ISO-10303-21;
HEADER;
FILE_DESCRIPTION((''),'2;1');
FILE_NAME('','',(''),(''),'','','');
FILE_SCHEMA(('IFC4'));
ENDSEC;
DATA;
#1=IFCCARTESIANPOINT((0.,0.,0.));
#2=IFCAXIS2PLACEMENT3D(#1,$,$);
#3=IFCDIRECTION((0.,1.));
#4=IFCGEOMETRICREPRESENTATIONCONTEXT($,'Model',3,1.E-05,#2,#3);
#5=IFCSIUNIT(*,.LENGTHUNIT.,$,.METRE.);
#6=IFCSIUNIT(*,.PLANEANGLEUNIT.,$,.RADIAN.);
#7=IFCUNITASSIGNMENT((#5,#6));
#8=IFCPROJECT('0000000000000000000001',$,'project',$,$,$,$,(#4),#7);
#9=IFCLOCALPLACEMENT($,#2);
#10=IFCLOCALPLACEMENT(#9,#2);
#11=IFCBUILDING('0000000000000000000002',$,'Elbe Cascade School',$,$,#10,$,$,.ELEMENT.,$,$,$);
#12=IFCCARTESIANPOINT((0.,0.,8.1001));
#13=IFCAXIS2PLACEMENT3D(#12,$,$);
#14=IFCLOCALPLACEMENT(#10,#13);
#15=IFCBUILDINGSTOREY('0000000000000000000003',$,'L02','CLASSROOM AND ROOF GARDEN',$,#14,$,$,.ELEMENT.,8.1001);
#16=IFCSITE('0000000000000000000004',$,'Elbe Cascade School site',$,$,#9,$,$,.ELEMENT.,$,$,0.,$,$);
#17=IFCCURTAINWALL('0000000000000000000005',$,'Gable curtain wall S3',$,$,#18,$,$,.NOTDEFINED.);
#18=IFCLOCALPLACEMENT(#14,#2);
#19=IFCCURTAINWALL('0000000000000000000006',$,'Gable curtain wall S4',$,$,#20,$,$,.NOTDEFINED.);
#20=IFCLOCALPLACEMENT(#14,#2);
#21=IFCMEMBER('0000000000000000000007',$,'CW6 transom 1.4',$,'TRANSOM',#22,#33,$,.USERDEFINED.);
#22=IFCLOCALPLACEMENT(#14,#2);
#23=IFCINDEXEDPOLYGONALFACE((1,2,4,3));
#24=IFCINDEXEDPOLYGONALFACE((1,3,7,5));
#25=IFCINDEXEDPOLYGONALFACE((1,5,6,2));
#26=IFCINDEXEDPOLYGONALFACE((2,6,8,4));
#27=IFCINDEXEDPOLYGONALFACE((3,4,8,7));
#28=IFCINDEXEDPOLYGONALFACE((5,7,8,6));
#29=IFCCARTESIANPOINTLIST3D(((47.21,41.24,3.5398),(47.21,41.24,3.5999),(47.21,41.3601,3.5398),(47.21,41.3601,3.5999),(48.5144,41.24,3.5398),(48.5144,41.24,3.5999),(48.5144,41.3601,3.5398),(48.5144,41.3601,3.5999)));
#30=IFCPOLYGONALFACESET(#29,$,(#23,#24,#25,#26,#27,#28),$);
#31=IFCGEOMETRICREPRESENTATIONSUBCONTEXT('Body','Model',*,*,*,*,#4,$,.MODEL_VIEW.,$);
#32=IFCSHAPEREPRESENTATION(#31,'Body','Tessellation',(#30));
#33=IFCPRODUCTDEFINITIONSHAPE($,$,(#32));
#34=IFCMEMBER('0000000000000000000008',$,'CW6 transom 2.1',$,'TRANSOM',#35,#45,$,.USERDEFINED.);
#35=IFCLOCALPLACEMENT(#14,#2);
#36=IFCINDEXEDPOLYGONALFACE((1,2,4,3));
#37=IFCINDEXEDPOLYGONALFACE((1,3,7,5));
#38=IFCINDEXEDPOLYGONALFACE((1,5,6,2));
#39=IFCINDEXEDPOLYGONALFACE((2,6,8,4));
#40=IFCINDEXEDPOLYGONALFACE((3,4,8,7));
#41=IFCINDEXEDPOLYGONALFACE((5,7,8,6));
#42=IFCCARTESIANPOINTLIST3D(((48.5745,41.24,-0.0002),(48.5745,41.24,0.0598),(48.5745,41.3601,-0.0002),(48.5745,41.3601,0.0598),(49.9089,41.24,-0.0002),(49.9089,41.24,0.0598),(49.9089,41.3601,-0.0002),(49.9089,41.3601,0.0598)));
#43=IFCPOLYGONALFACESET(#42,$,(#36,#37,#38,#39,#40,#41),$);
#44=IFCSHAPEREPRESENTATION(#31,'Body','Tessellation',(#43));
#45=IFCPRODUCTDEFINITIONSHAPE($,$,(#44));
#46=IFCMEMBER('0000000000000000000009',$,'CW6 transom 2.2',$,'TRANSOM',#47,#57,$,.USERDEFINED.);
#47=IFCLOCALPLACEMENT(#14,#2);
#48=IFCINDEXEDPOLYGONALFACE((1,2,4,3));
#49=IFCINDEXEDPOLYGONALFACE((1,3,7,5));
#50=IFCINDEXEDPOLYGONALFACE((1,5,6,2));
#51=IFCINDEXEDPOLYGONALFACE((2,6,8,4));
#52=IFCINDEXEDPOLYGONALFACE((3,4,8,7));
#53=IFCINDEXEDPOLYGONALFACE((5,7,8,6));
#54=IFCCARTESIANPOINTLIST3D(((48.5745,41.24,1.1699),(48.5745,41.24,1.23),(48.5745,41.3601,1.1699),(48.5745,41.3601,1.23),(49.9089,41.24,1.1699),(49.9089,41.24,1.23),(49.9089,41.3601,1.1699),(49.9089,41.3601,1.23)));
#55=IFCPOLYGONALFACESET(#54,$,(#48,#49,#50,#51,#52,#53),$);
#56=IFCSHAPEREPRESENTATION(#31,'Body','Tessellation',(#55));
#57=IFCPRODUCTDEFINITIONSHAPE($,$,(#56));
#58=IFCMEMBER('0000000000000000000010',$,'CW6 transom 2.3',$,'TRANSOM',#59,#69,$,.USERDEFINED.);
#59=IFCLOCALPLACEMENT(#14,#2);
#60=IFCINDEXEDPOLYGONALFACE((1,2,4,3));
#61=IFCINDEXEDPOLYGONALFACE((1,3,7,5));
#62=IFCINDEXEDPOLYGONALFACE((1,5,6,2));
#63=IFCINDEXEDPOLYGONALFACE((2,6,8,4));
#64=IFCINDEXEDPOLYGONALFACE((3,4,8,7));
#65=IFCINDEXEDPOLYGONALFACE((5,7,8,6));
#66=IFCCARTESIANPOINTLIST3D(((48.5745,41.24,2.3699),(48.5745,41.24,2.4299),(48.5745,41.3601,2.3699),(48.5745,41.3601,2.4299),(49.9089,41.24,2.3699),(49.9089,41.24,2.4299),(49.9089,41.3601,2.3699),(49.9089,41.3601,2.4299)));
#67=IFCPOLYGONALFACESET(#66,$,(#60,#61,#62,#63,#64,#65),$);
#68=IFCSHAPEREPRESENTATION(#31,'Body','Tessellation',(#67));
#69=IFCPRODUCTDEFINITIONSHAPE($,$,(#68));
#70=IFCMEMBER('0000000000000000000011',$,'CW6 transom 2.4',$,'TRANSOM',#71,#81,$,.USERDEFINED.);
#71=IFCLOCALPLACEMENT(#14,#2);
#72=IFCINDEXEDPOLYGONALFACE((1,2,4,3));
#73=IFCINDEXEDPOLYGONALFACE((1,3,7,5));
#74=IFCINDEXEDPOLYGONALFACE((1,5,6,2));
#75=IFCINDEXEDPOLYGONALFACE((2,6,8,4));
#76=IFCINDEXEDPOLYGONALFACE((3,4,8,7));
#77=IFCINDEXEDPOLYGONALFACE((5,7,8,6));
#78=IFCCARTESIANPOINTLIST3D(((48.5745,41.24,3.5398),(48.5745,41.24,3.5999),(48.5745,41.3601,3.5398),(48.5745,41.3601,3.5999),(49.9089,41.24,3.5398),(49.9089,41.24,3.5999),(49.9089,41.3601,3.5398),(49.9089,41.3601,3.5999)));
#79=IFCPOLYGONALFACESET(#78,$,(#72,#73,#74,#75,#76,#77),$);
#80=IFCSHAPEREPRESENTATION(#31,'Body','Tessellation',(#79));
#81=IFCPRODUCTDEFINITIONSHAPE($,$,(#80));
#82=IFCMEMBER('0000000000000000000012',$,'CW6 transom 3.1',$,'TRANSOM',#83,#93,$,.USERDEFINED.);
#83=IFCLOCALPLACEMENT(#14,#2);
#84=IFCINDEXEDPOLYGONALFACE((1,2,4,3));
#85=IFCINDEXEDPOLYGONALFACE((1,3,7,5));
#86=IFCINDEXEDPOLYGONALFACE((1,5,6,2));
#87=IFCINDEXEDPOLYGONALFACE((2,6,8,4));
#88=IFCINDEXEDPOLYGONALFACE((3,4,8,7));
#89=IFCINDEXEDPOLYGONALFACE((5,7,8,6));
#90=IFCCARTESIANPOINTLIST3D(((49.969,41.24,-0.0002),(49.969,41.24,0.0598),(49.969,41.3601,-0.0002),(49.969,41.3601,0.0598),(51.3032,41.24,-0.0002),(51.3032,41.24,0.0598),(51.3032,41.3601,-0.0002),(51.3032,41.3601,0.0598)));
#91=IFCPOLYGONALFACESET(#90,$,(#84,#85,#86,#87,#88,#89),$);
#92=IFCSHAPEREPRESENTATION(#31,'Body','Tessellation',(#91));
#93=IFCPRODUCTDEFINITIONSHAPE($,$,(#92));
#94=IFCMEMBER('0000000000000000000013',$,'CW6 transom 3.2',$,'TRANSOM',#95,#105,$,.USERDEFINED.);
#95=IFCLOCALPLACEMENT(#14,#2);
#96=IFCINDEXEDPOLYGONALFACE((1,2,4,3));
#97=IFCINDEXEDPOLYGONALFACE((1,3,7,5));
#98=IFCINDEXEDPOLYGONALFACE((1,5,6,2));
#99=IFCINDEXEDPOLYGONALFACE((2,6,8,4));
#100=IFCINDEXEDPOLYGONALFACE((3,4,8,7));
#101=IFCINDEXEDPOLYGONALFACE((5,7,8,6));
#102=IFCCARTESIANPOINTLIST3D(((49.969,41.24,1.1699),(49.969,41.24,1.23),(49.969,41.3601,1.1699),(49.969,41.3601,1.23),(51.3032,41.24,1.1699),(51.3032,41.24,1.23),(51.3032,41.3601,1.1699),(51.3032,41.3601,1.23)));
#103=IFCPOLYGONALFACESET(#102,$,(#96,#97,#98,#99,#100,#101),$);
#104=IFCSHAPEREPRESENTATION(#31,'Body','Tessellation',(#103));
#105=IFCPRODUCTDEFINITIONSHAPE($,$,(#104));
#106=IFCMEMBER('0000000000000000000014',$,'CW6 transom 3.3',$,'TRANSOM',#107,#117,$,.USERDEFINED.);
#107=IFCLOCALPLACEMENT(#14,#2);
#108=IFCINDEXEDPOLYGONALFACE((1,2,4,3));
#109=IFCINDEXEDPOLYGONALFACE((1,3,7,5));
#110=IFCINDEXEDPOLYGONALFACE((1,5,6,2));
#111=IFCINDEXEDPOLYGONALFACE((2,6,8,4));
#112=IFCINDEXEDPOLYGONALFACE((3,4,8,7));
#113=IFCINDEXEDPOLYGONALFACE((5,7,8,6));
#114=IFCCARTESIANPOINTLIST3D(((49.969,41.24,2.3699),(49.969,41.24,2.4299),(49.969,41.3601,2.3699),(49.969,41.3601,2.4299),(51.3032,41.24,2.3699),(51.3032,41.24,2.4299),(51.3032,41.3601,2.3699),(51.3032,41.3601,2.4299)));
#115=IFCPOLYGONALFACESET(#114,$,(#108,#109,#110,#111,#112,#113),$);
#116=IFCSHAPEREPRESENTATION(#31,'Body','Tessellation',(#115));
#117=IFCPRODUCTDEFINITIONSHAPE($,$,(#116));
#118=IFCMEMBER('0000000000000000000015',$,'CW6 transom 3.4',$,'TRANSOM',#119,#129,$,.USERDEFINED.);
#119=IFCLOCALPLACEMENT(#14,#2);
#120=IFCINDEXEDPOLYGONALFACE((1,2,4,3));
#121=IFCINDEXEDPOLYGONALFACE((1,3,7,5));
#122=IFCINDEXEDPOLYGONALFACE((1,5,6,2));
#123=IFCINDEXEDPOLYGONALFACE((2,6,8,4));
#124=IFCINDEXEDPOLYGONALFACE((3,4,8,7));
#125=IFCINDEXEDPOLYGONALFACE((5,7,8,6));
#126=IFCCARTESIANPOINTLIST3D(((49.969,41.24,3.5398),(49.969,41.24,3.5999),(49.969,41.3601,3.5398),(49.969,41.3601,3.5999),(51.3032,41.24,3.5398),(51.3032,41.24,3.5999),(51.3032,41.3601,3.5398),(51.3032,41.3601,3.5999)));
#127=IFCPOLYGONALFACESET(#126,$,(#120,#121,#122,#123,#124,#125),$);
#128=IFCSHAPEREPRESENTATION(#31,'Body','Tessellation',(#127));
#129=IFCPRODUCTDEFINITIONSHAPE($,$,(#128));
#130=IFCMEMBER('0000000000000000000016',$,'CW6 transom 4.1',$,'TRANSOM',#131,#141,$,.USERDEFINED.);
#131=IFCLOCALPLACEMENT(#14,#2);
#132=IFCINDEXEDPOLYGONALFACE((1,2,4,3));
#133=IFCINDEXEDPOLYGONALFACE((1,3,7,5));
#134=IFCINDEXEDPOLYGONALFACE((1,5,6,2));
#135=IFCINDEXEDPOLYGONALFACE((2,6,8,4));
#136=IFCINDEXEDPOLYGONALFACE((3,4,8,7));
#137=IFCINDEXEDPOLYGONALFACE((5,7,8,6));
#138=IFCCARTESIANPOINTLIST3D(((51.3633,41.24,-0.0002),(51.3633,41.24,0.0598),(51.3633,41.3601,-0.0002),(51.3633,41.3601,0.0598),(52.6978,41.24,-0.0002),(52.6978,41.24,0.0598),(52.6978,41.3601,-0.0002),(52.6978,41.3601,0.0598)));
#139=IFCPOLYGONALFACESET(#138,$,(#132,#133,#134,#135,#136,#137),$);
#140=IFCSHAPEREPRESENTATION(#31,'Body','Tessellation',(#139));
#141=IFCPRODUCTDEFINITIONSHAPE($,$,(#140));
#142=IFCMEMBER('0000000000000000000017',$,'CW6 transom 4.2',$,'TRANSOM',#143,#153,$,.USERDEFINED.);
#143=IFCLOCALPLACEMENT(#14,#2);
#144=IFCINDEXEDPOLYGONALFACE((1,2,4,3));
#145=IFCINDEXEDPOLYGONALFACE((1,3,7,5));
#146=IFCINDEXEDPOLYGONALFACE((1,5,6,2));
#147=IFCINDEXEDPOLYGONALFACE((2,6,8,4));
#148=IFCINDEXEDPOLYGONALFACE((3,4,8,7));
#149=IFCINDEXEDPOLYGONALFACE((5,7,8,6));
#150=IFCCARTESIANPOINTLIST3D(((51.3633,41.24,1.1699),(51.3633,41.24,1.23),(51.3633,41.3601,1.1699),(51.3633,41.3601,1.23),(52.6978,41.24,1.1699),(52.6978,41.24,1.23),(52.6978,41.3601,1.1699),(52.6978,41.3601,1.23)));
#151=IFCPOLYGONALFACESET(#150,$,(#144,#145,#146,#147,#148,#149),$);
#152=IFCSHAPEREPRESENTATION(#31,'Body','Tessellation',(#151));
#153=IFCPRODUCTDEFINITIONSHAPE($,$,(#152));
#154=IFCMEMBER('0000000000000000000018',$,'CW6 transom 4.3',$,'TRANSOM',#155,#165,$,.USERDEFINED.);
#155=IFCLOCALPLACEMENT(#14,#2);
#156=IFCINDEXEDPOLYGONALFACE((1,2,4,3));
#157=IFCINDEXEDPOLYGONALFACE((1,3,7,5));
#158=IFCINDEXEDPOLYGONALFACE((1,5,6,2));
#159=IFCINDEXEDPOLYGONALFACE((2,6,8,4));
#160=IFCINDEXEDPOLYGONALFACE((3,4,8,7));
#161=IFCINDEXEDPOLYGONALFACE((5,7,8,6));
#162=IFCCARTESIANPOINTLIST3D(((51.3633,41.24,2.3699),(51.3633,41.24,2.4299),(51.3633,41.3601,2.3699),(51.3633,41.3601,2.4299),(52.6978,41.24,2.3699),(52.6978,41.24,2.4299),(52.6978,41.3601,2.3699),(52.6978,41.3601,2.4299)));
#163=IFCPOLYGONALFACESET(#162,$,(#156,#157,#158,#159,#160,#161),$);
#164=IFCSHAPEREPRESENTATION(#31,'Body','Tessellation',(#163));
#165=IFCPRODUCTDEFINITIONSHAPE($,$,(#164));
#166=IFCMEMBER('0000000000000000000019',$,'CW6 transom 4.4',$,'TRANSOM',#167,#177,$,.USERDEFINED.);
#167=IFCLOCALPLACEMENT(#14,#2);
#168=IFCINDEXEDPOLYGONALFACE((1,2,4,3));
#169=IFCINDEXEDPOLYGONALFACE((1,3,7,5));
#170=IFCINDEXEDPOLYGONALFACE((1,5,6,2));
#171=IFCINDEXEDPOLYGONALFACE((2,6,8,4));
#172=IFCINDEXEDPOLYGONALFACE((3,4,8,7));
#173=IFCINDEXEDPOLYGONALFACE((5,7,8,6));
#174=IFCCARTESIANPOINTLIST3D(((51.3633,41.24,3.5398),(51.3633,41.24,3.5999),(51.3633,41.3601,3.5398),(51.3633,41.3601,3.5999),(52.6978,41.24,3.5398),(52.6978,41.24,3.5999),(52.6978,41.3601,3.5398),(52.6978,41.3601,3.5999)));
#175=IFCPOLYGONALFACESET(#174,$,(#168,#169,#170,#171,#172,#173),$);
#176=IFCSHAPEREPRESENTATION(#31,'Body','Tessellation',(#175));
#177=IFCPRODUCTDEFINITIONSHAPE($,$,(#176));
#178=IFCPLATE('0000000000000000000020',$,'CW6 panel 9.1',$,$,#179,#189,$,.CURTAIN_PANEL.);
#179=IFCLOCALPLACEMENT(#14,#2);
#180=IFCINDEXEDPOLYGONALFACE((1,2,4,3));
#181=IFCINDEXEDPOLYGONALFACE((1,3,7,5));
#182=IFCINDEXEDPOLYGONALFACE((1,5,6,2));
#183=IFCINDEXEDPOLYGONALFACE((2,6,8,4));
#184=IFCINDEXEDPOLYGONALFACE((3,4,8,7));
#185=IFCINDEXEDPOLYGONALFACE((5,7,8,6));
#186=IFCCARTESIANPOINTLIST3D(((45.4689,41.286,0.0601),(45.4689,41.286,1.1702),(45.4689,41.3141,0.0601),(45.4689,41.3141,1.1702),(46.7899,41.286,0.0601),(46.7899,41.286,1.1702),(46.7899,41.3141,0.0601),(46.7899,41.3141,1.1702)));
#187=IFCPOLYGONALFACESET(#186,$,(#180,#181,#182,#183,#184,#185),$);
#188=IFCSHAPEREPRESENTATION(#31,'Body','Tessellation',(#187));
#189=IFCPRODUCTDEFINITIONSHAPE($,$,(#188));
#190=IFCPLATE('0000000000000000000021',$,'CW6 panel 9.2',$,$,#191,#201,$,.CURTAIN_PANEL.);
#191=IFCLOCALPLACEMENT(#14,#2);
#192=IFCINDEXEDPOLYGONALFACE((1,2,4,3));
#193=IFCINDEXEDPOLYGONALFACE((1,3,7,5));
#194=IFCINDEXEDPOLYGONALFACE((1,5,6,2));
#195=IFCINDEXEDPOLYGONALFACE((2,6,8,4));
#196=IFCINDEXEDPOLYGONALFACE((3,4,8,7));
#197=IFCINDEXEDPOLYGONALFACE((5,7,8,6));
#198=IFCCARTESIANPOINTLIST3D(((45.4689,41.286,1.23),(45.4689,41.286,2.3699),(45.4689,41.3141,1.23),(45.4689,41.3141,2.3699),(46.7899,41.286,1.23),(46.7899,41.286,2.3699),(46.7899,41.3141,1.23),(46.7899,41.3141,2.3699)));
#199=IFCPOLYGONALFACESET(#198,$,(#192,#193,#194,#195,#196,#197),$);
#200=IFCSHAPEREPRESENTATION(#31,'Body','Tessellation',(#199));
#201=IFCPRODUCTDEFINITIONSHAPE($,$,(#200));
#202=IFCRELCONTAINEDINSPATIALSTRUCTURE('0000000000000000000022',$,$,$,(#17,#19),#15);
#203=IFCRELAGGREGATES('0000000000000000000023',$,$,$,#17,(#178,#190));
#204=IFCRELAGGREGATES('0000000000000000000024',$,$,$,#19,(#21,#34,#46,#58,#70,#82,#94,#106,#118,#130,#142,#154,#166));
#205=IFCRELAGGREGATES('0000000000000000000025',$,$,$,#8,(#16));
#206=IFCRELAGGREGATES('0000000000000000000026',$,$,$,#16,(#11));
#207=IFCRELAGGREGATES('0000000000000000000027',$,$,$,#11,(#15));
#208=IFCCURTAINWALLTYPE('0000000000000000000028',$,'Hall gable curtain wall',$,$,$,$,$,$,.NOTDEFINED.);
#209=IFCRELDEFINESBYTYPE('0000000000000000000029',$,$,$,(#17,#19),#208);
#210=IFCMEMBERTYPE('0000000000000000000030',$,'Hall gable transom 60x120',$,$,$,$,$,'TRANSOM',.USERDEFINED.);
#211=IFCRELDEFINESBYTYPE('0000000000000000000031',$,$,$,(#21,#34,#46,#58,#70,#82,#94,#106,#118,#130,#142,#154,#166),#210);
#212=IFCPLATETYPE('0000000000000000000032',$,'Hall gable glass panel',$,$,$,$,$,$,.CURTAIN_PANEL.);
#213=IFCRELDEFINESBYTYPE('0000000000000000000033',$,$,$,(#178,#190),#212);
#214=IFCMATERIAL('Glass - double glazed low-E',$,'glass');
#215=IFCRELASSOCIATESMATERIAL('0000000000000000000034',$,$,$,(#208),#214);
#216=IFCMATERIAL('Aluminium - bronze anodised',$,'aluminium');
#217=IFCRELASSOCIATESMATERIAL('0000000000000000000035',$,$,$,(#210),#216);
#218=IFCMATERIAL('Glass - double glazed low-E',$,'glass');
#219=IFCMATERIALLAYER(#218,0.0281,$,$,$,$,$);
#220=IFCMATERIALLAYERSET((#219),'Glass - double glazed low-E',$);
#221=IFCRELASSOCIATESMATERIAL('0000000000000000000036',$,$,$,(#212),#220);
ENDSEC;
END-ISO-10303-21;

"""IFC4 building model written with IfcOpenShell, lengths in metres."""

from ifc_helpers import new_model, si_unit, direction, frame, origin, origin_2d, place, context, subcontext, project, spatial, rectangle, extrude, material, layer, layer_set, material_profile, profile_set, type_object, element, aggregate, save


model = new_model("IFC4")

# Units and contexts
model_context = context("Model", 3, precision=1e-05, world=origin(), true_north=direction((0.0, 1.0)))
body_context = subcontext(model_context, "Body", "Model", "MODEL_VIEW")
ifc_project = project(units=[si_unit("LENGTHUNIT", "METRE"), si_unit("PLANEANGLEUNIT", "RADIAN")], contexts=[model_context])

# Site, building, storey
site_placement = place(None, origin())
site = spatial("IfcSite", under=ifc_project, at=site_placement, Name="Elbe Cascade School site", CompositionType="ELEMENT", RefElevation=0.0)
building_placement = place(site_placement, origin())
building = spatial("IfcBuilding", under=site, at=building_placement, Name="Elbe Cascade School", CompositionType="ELEMENT")
storey_placement = place(building_placement, frame((0.0, 0.0, 8.1001)))
storey = spatial("IfcBuildingStorey", under=building, at=storey_placement, Name="L02", Description="CLASSROOM AND ROOF GARDEN", CompositionType="ELEMENT", Elevation=8.1001)

# Curtain wall
ifc_material_1 = material(Name="Glass - double glazed low-E", Category="glass")
curtain_wall_type = type_object("IfcCurtainWallType", Name="Hall gable curtain wall", PredefinedType="NOTDEFINED", material=ifc_material_1)
curtain_wall_1_placement = place(storey_placement, origin())
curtain_wall_1 = element("IfcCurtainWall", 1, at=curtain_wall_1_placement, inside=storey, type_object=curtain_wall_type, Name="Gable curtain wall S3", PredefinedType="NOTDEFINED")

# Curtain wall
curtain_wall_2_placement = place(storey_placement, origin())
curtain_wall_2 = element("IfcCurtainWall", 2, at=curtain_wall_2_placement, inside=storey, type_object=curtain_wall_type, Name="Gable curtain wall S4", PredefinedType="NOTDEFINED")

# Members
ifc_material_2 = material(Name="Aluminium - bronze anodised", Category="aluminium")
ifc_material_profile_1 = material_profile(ifc_material_2, rectangle(XDim=0.1201, YDim=0.0601, at=origin_2d()), Name="Alu 60x120")
ifc_profile_set_1 = profile_set([ifc_material_profile_1], Name="Aluminium - bronze anodised")
member_type_1 = type_object("IfcMemberType", Name="Hall gable transom 60x120", ElementType="TRANSOM", PredefinedType="USERDEFINED", material=ifc_profile_set_1)
member_1_placement = place(storey_placement, frame((47.21, 41.3, 3.5698), z_axis=(1.0, 0.0, 0.0), x_axis=(0.0, 1.0, 0.0)))
member_1 = element("IfcMember", 3, at=member_1_placement, type_object=member_type_1, Name="CW6 transom 1.4", ObjectType="TRANSOM", PredefinedType="USERDEFINED", context=body_context, shape_type="SweptSolid", body=[
    extrude(rectangle(XDim=0.1201, YDim=0.0601, at=origin_2d()), origin(), (0.0, 0.0, 1.0), 1.3044),
])
member_2_placement = place(storey_placement, frame((48.5745, 41.3, 0.0298), z_axis=(1.0, 0.0, 0.0), x_axis=(0.0, 1.0, 0.0)))
member_2 = element("IfcMember", 4, at=member_2_placement, type_object=member_type_1, Name="CW6 transom 2.1", ObjectType="TRANSOM", PredefinedType="USERDEFINED", context=body_context, shape_type="SweptSolid", body=[
    extrude(rectangle(XDim=0.1201, YDim=0.0601, at=origin_2d()), origin(), (0.0, 0.0, 1.0), 1.3345),
])
member_3_placement = place(storey_placement, frame((48.5745, 41.3, 1.2), z_axis=(1.0, 0.0, 0.0), x_axis=(0.0, 1.0, 0.0)))
member_3 = element("IfcMember", 5, at=member_3_placement, type_object=member_type_1, Name="CW6 transom 2.2", ObjectType="TRANSOM", PredefinedType="USERDEFINED", context=body_context, shape_type="SweptSolid", body=[
    extrude(rectangle(XDim=0.1201, YDim=0.0601, at=origin_2d()), origin(), (0.0, 0.0, 1.0), 1.3345),
])
member_4_placement = place(storey_placement, frame((48.5745, 41.3, 2.3999), z_axis=(1.0, 0.0, 0.0), x_axis=(0.0, 1.0, 0.0)))
member_4 = element("IfcMember", 6, at=member_4_placement, type_object=member_type_1, Name="CW6 transom 2.3", ObjectType="TRANSOM", PredefinedType="USERDEFINED", context=body_context, shape_type="SweptSolid", body=[
    extrude(rectangle(XDim=0.1201, YDim=0.0601, at=origin_2d()), origin(), (0.0, 0.0, 1.0), 1.3345),
])
member_5_placement = place(storey_placement, frame((48.5745, 41.3, 3.5698), z_axis=(1.0, 0.0, 0.0), x_axis=(0.0, 1.0, 0.0)))
member_5 = element("IfcMember", 7, at=member_5_placement, type_object=member_type_1, Name="CW6 transom 2.4", ObjectType="TRANSOM", PredefinedType="USERDEFINED", context=body_context, shape_type="SweptSolid", body=[
    extrude(rectangle(XDim=0.1201, YDim=0.0601, at=origin_2d()), origin(), (0.0, 0.0, 1.0), 1.3345),
])
member_6_placement = place(storey_placement, frame((49.969, 41.3, 0.0298), z_axis=(1.0, 0.0, 0.0), x_axis=(0.0, 1.0, 0.0)))
member_6 = element("IfcMember", 8, at=member_6_placement, type_object=member_type_1, Name="CW6 transom 3.1", ObjectType="TRANSOM", PredefinedType="USERDEFINED", context=body_context, shape_type="SweptSolid", body=[
    extrude(rectangle(XDim=0.1201, YDim=0.0601, at=origin_2d()), origin(), (0.0, 0.0, 1.0), 1.3342),
])
member_7_placement = place(storey_placement, frame((49.969, 41.3, 1.2), z_axis=(1.0, 0.0, 0.0), x_axis=(0.0, 1.0, 0.0)))
member_7 = element("IfcMember", 9, at=member_7_placement, type_object=member_type_1, Name="CW6 transom 3.2", ObjectType="TRANSOM", PredefinedType="USERDEFINED", context=body_context, shape_type="SweptSolid", body=[
    extrude(rectangle(XDim=0.1201, YDim=0.0601, at=origin_2d()), origin(), (0.0, 0.0, 1.0), 1.3342),
])
member_8_placement = place(storey_placement, frame((49.969, 41.3, 2.3999), z_axis=(1.0, 0.0, 0.0), x_axis=(0.0, 1.0, 0.0)))
member_8 = element("IfcMember", 10, at=member_8_placement, type_object=member_type_1, Name="CW6 transom 3.3", ObjectType="TRANSOM", PredefinedType="USERDEFINED", context=body_context, shape_type="SweptSolid", body=[
    extrude(rectangle(XDim=0.1201, YDim=0.0601, at=origin_2d()), origin(), (0.0, 0.0, 1.0), 1.3342),
])
member_9_placement = place(storey_placement, frame((49.969, 41.3, 3.5698), z_axis=(1.0, 0.0, 0.0), x_axis=(0.0, 1.0, 0.0)))
member_9 = element("IfcMember", 11, at=member_9_placement, type_object=member_type_1, Name="CW6 transom 3.4", ObjectType="TRANSOM", PredefinedType="USERDEFINED", context=body_context, shape_type="SweptSolid", body=[
    extrude(rectangle(XDim=0.1201, YDim=0.0601, at=origin_2d()), origin(), (0.0, 0.0, 1.0), 1.3342),
])
member_10_placement = place(storey_placement, frame((51.3633, 41.3, 0.0298), z_axis=(1.0, 0.0, 0.0), x_axis=(0.0, 1.0, 0.0)))
member_10 = element("IfcMember", 12, at=member_10_placement, type_object=member_type_1, Name="CW6 transom 4.1", ObjectType="TRANSOM", PredefinedType="USERDEFINED", context=body_context, shape_type="SweptSolid", body=[
    extrude(rectangle(XDim=0.1201, YDim=0.0601, at=origin_2d()), origin(), (0.0, 0.0, 1.0), 1.3345),
])
member_11_placement = place(storey_placement, frame((51.3633, 41.3, 1.2), z_axis=(1.0, 0.0, 0.0), x_axis=(0.0, 1.0, 0.0)))
member_11 = element("IfcMember", 13, at=member_11_placement, type_object=member_type_1, Name="CW6 transom 4.2", ObjectType="TRANSOM", PredefinedType="USERDEFINED", context=body_context, shape_type="SweptSolid", body=[
    extrude(rectangle(XDim=0.1201, YDim=0.0601, at=origin_2d()), origin(), (0.0, 0.0, 1.0), 1.3345),
])
member_12_placement = place(storey_placement, frame((51.3633, 41.3, 2.3999), z_axis=(1.0, 0.0, 0.0), x_axis=(0.0, 1.0, 0.0)))
member_12 = element("IfcMember", 14, at=member_12_placement, type_object=member_type_1, Name="CW6 transom 4.3", ObjectType="TRANSOM", PredefinedType="USERDEFINED", context=body_context, shape_type="SweptSolid", body=[
    extrude(rectangle(XDim=0.1201, YDim=0.0601, at=origin_2d()), origin(), (0.0, 0.0, 1.0), 1.3345),
])
member_13_placement = place(storey_placement, frame((51.3633, 41.3, 3.5698), z_axis=(1.0, 0.0, 0.0), x_axis=(0.0, 1.0, 0.0)))
member_13 = element("IfcMember", 15, at=member_13_placement, type_object=member_type_1, Name="CW6 transom 4.4", ObjectType="TRANSOM", PredefinedType="USERDEFINED", context=body_context, shape_type="SweptSolid", body=[
    extrude(rectangle(XDim=0.1201, YDim=0.0601, at=origin_2d()), origin(), (0.0, 0.0, 1.0), 1.3345),
])

# Plates
ifc_material_3 = material(Name="Glass - double glazed low-E", Category="glass")
ifc_layer = layer(ifc_material_3, 0.0281)
ifc_layer_set = layer_set([ifc_layer], Name="Glass - double glazed low-E")
plate_type = type_object("IfcPlateType", Name="Hall gable glass panel", PredefinedType="CURTAIN_PANEL", material=ifc_layer_set)
plate_1_placement = place(storey_placement, frame((46.1294, 41.3, 0.0601), z_axis=(0.0, 0.0, 1.0), x_axis=(1.0, 0.0, 0.0)))
plate_1 = element("IfcPlate", 16, at=plate_1_placement, type_object=plate_type, Name="CW6 panel 9.1", PredefinedType="CURTAIN_PANEL", context=body_context, shape_type="SweptSolid", body=[
    extrude(rectangle(XDim=1.321, YDim=0.0281, at=origin_2d()), origin(), (0.0, 0.0, 1.0), 1.1101),
])
plate_2_placement = place(storey_placement, frame((46.1294, 41.3, 1.23), z_axis=(0.0, 0.0, 1.0), x_axis=(1.0, 0.0, 0.0)))
plate_2 = element("IfcPlate", 17, at=plate_2_placement, type_object=plate_type, Name="CW6 panel 9.2", PredefinedType="CURTAIN_PANEL", context=body_context, shape_type="SweptSolid", body=[
    extrude(rectangle(XDim=1.321, YDim=0.0281, at=origin_2d()), origin(), (0.0, 0.0, 1.0), 1.1399),
])
aggregate(curtain_wall_1, [plate_1, plate_2])
aggregate(curtain_wall_2, [member_1, member_2, member_3, member_4, member_5, member_6, member_7, member_8, member_9, member_10, member_11, member_12, member_13])

save(model, "model.ifc")
